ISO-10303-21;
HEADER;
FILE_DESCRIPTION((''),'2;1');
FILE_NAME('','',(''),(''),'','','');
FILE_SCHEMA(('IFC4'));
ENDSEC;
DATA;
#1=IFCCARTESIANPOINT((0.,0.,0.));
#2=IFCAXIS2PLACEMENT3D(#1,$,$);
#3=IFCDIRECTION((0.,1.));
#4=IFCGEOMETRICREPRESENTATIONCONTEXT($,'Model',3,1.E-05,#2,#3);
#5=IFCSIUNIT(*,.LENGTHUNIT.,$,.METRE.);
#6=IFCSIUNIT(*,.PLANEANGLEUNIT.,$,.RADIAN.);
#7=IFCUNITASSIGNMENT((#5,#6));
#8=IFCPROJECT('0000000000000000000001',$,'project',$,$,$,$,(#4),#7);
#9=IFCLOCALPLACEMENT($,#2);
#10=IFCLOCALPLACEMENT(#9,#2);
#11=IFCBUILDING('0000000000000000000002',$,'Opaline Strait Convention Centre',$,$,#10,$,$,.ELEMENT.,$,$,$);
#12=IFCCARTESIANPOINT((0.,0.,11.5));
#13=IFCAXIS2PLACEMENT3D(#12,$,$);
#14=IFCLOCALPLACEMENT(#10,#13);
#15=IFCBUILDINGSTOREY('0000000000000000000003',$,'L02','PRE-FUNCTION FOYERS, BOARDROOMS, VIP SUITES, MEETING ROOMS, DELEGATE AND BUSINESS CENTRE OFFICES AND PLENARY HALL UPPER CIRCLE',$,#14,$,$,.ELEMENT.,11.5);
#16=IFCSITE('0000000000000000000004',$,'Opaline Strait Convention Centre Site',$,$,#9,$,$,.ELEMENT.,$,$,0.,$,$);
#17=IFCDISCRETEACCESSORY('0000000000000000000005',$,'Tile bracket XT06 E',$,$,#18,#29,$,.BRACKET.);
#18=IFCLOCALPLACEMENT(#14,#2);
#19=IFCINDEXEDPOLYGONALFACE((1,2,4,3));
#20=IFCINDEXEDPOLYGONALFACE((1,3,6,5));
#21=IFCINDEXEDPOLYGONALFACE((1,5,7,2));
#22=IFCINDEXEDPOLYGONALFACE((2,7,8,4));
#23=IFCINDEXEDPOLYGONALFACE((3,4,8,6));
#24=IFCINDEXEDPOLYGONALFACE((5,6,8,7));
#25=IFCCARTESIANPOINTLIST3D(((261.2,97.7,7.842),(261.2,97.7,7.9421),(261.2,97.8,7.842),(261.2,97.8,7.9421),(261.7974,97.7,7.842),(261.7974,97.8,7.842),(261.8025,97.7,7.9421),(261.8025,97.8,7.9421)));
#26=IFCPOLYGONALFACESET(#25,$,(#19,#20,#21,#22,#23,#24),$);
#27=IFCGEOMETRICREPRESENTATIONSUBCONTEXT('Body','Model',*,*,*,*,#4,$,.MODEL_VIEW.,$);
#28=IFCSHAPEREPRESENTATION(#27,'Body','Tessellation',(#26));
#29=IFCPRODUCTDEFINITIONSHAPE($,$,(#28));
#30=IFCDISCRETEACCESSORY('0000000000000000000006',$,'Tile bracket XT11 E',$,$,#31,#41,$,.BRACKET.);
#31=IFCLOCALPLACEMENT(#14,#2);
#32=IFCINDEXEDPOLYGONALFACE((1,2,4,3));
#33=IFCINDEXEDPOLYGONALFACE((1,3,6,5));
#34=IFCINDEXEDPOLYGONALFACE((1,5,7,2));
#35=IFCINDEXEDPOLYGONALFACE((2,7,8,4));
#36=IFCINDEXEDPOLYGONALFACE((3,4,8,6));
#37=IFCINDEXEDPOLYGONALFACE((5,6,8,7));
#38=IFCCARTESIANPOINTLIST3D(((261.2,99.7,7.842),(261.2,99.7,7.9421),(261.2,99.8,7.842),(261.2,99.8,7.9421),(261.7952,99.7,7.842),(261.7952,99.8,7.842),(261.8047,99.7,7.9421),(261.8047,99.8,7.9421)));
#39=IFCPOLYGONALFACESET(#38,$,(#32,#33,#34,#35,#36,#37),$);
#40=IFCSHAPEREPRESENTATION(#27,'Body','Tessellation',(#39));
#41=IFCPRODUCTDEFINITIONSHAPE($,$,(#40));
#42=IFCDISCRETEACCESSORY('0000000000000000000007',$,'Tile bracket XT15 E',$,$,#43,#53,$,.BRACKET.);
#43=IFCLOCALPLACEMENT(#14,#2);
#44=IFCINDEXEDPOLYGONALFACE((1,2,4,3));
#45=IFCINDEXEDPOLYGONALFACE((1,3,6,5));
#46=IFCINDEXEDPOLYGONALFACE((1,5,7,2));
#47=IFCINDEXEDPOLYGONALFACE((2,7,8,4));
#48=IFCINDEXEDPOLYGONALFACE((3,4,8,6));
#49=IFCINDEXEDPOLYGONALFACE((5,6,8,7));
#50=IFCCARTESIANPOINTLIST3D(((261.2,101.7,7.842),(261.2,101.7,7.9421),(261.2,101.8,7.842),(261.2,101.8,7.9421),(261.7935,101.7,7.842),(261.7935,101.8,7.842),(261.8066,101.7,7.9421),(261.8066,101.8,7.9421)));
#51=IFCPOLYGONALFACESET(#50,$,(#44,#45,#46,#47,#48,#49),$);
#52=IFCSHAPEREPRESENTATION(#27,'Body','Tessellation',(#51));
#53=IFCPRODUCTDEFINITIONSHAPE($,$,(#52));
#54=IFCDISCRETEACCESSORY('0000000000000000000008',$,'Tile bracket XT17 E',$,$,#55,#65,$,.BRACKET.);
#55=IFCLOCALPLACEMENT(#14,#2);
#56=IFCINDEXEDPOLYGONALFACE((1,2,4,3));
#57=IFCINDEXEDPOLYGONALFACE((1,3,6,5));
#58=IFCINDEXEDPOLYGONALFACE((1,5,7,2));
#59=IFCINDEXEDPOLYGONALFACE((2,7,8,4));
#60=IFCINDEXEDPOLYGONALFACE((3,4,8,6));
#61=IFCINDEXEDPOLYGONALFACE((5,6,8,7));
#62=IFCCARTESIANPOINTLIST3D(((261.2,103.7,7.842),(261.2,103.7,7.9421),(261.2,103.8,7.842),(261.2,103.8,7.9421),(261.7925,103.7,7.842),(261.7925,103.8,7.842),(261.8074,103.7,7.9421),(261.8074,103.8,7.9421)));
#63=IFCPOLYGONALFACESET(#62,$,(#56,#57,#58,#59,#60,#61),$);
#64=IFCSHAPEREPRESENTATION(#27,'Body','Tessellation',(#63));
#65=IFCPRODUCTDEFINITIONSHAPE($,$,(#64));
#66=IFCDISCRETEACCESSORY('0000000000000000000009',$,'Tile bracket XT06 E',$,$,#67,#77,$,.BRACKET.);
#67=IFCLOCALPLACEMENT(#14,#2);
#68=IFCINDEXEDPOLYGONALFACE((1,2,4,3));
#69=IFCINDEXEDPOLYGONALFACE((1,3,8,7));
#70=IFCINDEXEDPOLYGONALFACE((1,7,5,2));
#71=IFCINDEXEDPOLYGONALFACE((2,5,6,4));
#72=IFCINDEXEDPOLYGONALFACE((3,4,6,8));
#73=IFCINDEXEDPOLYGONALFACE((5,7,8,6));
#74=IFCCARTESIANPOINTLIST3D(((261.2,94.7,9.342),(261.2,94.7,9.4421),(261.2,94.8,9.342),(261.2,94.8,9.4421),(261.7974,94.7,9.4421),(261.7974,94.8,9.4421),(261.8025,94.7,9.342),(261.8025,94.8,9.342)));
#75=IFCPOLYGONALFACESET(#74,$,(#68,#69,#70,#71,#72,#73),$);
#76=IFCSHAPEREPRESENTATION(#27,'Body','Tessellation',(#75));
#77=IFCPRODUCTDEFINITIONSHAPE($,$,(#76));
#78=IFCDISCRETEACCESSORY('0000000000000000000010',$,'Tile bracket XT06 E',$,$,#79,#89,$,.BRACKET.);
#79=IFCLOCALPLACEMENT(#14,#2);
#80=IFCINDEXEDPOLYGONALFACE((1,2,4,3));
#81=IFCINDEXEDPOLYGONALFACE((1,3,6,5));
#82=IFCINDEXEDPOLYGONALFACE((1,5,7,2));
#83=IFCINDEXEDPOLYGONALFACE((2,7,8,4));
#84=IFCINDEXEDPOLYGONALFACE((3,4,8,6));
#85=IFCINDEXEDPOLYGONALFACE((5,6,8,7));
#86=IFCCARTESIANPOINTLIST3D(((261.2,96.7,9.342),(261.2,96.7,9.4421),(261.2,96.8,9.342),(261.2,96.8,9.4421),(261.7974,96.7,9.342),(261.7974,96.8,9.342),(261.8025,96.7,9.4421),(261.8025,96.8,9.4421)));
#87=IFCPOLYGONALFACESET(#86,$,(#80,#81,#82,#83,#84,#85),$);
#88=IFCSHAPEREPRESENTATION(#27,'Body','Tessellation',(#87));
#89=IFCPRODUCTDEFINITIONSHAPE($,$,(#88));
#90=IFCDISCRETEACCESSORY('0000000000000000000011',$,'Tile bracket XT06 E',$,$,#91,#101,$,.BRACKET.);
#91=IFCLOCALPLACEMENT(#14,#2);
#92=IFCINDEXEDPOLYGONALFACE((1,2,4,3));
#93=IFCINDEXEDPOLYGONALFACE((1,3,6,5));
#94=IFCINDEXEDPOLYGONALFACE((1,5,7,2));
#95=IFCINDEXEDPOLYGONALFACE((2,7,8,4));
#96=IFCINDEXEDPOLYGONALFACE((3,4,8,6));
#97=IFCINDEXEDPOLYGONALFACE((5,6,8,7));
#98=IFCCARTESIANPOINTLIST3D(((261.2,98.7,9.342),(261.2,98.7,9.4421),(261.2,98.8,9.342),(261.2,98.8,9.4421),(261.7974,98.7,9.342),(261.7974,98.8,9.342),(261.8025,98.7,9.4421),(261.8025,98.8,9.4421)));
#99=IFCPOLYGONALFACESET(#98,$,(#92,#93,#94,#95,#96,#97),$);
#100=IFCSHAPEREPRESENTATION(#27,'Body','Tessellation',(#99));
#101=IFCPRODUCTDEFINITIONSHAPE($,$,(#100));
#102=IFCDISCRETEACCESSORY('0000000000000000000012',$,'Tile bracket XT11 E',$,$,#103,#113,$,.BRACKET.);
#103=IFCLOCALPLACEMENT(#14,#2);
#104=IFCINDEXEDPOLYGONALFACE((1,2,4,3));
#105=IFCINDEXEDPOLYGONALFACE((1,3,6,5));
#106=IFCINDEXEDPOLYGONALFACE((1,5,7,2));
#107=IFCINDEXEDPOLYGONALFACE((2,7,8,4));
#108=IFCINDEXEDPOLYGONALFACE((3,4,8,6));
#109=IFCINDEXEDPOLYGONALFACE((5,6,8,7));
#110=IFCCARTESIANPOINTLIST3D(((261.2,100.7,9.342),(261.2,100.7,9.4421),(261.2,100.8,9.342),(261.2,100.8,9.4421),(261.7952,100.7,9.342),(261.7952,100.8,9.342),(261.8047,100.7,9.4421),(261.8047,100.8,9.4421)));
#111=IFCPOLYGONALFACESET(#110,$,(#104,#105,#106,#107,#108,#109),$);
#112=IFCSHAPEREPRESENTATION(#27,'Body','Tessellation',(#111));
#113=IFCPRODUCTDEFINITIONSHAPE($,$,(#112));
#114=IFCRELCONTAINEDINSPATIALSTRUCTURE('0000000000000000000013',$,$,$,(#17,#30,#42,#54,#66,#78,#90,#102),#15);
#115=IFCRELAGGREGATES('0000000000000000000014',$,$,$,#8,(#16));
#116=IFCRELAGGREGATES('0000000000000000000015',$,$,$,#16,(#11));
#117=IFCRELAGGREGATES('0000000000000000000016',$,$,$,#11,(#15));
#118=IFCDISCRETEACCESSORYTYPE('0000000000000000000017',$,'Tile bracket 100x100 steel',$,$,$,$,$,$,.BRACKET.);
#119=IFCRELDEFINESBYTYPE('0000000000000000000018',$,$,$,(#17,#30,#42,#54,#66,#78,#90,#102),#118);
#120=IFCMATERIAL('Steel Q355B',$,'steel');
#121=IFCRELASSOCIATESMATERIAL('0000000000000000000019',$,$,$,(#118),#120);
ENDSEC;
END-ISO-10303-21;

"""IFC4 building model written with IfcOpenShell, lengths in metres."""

from ifc_helpers import new_model, si_unit, direction, frame, origin, place, context, subcontext, project, spatial, polyline, outline, extrude, material, type_object, element, save


model = new_model("IFC4")

# Units and contexts
model_context = context("Model", 3, precision=1e-05, world=origin(), true_north=direction((0.0, 1.0)))
body_context = subcontext(model_context, "Body", "Model", "MODEL_VIEW")
ifc_project = project(units=[si_unit("LENGTHUNIT", "METRE"), si_unit("PLANEANGLEUNIT", "RADIAN")], contexts=[model_context])

# Site, building, storey
site_placement = place(None, origin())
site = spatial("IfcSite", under=ifc_project, at=site_placement, Name="Opaline Strait Convention Centre Site", CompositionType="ELEMENT", RefElevation=0.0)
building_placement = place(site_placement, origin())
building = spatial("IfcBuilding", under=site, at=building_placement, Name="Opaline Strait Convention Centre", CompositionType="ELEMENT")
storey_placement = place(building_placement, frame((0.0, 0.0, 11.5)))
storey = spatial("IfcBuildingStorey", under=building, at=storey_placement, Name="L02", Description="PRE-FUNCTION FOYERS, BOARDROOMS, VIP SUITES, MEETING ROOMS, DELEGATE AND BUSINESS CENTRE OFFICES AND PLENARY HALL UPPER CIRCLE", CompositionType="ELEMENT", Elevation=11.5)

# Discrete accessories
ifc_material_1 = material(Name="Steel Q355B", Category="steel")
discrete_accessory_type = type_object("IfcDiscreteAccessoryType", Name="Tile bracket 100x100 steel", PredefinedType="BRACKET", material=ifc_material_1)
for number, where, z_axis, x_axis, name in (
    (1, (261.2, 97.7, 7.8921), (0.0, 1.0, 0.0), (-1.0, 0.0, 0.0), "Tile bracket XT06 E"),
):
    element("IfcDiscreteAccessory", number, at=place(storey_placement, frame(where, z_axis=z_axis, x_axis=x_axis)), inside=storey, type_object=discrete_accessory_type, Name=name, PredefinedType="BRACKET", context=body_context, shape_type="SweptSolid", body=[
        extrude(outline(polyline([(0.0, -0.05), (0.0, 0.05), (-0.6025, 0.05), (-0.5974, -0.05), (0.0, -0.05)])), origin(), (0.0, 0.0, 1.0), 0.1001),
    ])
discrete_accessory_1_placement = place(storey_placement, frame((261.2, 99.7, 7.8921), z_axis=(0.0, 1.0, 0.0), x_axis=(-1.0, 0.0, 0.0)))
element("IfcDiscreteAccessory", 2, at=discrete_accessory_1_placement, inside=storey, type_object=discrete_accessory_type, Name="Tile bracket XT11 E", PredefinedType="BRACKET", context=body_context, shape_type="SweptSolid", body=[
    extrude(outline(polyline([(0.0, -0.05), (0.0, 0.05), (-0.6047, 0.05), (-0.5952, -0.05), (0.0, -0.05)])), origin(), (0.0, 0.0, 1.0), 0.1001),
])
discrete_accessory_2_placement = place(storey_placement, frame((261.2, 101.7, 7.8921), z_axis=(0.0, 1.0, 0.0), x_axis=(-1.0, 0.0, 0.0)))
element("IfcDiscreteAccessory", 3, at=discrete_accessory_2_placement, inside=storey, type_object=discrete_accessory_type, Name="Tile bracket XT15 E", PredefinedType="BRACKET", context=body_context, shape_type="SweptSolid", body=[
    extrude(outline(polyline([(0.0, -0.05), (0.0, 0.05), (-0.6067, 0.05), (-0.5935, -0.05), (0.0, -0.05)])), origin(), (0.0, 0.0, 1.0), 0.1001),
])
discrete_accessory_3_placement = place(storey_placement, frame((261.2, 103.7, 7.8921), z_axis=(0.0, 1.0, 0.0), x_axis=(-1.0, 0.0, 0.0)))
element("IfcDiscreteAccessory", 4, at=discrete_accessory_3_placement, inside=storey, type_object=discrete_accessory_type, Name="Tile bracket XT17 E", PredefinedType="BRACKET", context=body_context, shape_type="SweptSolid", body=[
    extrude(outline(polyline([(0.0, -0.05), (0.0, 0.05), (-0.6074, 0.05), (-0.5925, -0.05), (0.0, -0.05)])), origin(), (0.0, 0.0, 1.0), 0.1001),
])
discrete_accessory_4_placement = place(storey_placement, frame((261.2, 94.7, 9.3921), z_axis=(0.0, 1.0, 0.0), x_axis=(-1.0, 0.0, 0.0)))
element("IfcDiscreteAccessory", 5, at=discrete_accessory_4_placement, inside=storey, type_object=discrete_accessory_type, Name="Tile bracket XT06 E", PredefinedType="BRACKET", context=body_context, shape_type="SweptSolid", body=[
    extrude(outline(polyline([(0.0, -0.05), (0.0, 0.05), (-0.5974, 0.05), (-0.6025, -0.05), (0.0, -0.05)])), origin(), (0.0, 0.0, 1.0), 0.1001),
])
for number, where, z_axis, x_axis, name in (
    (6, (261.2, 96.7, 9.3921), (0.0, 1.0, 0.0), (-1.0, 0.0, 0.0), "Tile bracket XT06 E"),
    (7, (261.2, 98.7, 9.3921), (0.0, 1.0, 0.0), (-1.0, 0.0, 0.0), "Tile bracket XT06 E"),
):
    element("IfcDiscreteAccessory", number, at=place(storey_placement, frame(where, z_axis=z_axis, x_axis=x_axis)), inside=storey, type_object=discrete_accessory_type, Name=name, PredefinedType="BRACKET", context=body_context, shape_type="SweptSolid", body=[
        extrude(outline(polyline([(0.0, -0.05), (0.0, 0.05), (-0.6025, 0.05), (-0.5974, -0.05), (0.0, -0.05)])), origin(), (0.0, 0.0, 1.0), 0.1001),
    ])
discrete_accessory_5_placement = place(storey_placement, frame((261.2, 100.7, 9.3921), z_axis=(0.0, 1.0, 0.0), x_axis=(-1.0, 0.0, 0.0)))
element("IfcDiscreteAccessory", 8, at=discrete_accessory_5_placement, inside=storey, type_object=discrete_accessory_type, Name="Tile bracket XT11 E", PredefinedType="BRACKET", context=body_context, shape_type="SweptSolid", body=[
    extrude(outline(polyline([(0.0, -0.05), (0.0, 0.05), (-0.6047, 0.05), (-0.5952, -0.05), (0.0, -0.05)])), origin(), (0.0, 0.0, 1.0), 0.1001),
])

save(model, "model.ifc")
